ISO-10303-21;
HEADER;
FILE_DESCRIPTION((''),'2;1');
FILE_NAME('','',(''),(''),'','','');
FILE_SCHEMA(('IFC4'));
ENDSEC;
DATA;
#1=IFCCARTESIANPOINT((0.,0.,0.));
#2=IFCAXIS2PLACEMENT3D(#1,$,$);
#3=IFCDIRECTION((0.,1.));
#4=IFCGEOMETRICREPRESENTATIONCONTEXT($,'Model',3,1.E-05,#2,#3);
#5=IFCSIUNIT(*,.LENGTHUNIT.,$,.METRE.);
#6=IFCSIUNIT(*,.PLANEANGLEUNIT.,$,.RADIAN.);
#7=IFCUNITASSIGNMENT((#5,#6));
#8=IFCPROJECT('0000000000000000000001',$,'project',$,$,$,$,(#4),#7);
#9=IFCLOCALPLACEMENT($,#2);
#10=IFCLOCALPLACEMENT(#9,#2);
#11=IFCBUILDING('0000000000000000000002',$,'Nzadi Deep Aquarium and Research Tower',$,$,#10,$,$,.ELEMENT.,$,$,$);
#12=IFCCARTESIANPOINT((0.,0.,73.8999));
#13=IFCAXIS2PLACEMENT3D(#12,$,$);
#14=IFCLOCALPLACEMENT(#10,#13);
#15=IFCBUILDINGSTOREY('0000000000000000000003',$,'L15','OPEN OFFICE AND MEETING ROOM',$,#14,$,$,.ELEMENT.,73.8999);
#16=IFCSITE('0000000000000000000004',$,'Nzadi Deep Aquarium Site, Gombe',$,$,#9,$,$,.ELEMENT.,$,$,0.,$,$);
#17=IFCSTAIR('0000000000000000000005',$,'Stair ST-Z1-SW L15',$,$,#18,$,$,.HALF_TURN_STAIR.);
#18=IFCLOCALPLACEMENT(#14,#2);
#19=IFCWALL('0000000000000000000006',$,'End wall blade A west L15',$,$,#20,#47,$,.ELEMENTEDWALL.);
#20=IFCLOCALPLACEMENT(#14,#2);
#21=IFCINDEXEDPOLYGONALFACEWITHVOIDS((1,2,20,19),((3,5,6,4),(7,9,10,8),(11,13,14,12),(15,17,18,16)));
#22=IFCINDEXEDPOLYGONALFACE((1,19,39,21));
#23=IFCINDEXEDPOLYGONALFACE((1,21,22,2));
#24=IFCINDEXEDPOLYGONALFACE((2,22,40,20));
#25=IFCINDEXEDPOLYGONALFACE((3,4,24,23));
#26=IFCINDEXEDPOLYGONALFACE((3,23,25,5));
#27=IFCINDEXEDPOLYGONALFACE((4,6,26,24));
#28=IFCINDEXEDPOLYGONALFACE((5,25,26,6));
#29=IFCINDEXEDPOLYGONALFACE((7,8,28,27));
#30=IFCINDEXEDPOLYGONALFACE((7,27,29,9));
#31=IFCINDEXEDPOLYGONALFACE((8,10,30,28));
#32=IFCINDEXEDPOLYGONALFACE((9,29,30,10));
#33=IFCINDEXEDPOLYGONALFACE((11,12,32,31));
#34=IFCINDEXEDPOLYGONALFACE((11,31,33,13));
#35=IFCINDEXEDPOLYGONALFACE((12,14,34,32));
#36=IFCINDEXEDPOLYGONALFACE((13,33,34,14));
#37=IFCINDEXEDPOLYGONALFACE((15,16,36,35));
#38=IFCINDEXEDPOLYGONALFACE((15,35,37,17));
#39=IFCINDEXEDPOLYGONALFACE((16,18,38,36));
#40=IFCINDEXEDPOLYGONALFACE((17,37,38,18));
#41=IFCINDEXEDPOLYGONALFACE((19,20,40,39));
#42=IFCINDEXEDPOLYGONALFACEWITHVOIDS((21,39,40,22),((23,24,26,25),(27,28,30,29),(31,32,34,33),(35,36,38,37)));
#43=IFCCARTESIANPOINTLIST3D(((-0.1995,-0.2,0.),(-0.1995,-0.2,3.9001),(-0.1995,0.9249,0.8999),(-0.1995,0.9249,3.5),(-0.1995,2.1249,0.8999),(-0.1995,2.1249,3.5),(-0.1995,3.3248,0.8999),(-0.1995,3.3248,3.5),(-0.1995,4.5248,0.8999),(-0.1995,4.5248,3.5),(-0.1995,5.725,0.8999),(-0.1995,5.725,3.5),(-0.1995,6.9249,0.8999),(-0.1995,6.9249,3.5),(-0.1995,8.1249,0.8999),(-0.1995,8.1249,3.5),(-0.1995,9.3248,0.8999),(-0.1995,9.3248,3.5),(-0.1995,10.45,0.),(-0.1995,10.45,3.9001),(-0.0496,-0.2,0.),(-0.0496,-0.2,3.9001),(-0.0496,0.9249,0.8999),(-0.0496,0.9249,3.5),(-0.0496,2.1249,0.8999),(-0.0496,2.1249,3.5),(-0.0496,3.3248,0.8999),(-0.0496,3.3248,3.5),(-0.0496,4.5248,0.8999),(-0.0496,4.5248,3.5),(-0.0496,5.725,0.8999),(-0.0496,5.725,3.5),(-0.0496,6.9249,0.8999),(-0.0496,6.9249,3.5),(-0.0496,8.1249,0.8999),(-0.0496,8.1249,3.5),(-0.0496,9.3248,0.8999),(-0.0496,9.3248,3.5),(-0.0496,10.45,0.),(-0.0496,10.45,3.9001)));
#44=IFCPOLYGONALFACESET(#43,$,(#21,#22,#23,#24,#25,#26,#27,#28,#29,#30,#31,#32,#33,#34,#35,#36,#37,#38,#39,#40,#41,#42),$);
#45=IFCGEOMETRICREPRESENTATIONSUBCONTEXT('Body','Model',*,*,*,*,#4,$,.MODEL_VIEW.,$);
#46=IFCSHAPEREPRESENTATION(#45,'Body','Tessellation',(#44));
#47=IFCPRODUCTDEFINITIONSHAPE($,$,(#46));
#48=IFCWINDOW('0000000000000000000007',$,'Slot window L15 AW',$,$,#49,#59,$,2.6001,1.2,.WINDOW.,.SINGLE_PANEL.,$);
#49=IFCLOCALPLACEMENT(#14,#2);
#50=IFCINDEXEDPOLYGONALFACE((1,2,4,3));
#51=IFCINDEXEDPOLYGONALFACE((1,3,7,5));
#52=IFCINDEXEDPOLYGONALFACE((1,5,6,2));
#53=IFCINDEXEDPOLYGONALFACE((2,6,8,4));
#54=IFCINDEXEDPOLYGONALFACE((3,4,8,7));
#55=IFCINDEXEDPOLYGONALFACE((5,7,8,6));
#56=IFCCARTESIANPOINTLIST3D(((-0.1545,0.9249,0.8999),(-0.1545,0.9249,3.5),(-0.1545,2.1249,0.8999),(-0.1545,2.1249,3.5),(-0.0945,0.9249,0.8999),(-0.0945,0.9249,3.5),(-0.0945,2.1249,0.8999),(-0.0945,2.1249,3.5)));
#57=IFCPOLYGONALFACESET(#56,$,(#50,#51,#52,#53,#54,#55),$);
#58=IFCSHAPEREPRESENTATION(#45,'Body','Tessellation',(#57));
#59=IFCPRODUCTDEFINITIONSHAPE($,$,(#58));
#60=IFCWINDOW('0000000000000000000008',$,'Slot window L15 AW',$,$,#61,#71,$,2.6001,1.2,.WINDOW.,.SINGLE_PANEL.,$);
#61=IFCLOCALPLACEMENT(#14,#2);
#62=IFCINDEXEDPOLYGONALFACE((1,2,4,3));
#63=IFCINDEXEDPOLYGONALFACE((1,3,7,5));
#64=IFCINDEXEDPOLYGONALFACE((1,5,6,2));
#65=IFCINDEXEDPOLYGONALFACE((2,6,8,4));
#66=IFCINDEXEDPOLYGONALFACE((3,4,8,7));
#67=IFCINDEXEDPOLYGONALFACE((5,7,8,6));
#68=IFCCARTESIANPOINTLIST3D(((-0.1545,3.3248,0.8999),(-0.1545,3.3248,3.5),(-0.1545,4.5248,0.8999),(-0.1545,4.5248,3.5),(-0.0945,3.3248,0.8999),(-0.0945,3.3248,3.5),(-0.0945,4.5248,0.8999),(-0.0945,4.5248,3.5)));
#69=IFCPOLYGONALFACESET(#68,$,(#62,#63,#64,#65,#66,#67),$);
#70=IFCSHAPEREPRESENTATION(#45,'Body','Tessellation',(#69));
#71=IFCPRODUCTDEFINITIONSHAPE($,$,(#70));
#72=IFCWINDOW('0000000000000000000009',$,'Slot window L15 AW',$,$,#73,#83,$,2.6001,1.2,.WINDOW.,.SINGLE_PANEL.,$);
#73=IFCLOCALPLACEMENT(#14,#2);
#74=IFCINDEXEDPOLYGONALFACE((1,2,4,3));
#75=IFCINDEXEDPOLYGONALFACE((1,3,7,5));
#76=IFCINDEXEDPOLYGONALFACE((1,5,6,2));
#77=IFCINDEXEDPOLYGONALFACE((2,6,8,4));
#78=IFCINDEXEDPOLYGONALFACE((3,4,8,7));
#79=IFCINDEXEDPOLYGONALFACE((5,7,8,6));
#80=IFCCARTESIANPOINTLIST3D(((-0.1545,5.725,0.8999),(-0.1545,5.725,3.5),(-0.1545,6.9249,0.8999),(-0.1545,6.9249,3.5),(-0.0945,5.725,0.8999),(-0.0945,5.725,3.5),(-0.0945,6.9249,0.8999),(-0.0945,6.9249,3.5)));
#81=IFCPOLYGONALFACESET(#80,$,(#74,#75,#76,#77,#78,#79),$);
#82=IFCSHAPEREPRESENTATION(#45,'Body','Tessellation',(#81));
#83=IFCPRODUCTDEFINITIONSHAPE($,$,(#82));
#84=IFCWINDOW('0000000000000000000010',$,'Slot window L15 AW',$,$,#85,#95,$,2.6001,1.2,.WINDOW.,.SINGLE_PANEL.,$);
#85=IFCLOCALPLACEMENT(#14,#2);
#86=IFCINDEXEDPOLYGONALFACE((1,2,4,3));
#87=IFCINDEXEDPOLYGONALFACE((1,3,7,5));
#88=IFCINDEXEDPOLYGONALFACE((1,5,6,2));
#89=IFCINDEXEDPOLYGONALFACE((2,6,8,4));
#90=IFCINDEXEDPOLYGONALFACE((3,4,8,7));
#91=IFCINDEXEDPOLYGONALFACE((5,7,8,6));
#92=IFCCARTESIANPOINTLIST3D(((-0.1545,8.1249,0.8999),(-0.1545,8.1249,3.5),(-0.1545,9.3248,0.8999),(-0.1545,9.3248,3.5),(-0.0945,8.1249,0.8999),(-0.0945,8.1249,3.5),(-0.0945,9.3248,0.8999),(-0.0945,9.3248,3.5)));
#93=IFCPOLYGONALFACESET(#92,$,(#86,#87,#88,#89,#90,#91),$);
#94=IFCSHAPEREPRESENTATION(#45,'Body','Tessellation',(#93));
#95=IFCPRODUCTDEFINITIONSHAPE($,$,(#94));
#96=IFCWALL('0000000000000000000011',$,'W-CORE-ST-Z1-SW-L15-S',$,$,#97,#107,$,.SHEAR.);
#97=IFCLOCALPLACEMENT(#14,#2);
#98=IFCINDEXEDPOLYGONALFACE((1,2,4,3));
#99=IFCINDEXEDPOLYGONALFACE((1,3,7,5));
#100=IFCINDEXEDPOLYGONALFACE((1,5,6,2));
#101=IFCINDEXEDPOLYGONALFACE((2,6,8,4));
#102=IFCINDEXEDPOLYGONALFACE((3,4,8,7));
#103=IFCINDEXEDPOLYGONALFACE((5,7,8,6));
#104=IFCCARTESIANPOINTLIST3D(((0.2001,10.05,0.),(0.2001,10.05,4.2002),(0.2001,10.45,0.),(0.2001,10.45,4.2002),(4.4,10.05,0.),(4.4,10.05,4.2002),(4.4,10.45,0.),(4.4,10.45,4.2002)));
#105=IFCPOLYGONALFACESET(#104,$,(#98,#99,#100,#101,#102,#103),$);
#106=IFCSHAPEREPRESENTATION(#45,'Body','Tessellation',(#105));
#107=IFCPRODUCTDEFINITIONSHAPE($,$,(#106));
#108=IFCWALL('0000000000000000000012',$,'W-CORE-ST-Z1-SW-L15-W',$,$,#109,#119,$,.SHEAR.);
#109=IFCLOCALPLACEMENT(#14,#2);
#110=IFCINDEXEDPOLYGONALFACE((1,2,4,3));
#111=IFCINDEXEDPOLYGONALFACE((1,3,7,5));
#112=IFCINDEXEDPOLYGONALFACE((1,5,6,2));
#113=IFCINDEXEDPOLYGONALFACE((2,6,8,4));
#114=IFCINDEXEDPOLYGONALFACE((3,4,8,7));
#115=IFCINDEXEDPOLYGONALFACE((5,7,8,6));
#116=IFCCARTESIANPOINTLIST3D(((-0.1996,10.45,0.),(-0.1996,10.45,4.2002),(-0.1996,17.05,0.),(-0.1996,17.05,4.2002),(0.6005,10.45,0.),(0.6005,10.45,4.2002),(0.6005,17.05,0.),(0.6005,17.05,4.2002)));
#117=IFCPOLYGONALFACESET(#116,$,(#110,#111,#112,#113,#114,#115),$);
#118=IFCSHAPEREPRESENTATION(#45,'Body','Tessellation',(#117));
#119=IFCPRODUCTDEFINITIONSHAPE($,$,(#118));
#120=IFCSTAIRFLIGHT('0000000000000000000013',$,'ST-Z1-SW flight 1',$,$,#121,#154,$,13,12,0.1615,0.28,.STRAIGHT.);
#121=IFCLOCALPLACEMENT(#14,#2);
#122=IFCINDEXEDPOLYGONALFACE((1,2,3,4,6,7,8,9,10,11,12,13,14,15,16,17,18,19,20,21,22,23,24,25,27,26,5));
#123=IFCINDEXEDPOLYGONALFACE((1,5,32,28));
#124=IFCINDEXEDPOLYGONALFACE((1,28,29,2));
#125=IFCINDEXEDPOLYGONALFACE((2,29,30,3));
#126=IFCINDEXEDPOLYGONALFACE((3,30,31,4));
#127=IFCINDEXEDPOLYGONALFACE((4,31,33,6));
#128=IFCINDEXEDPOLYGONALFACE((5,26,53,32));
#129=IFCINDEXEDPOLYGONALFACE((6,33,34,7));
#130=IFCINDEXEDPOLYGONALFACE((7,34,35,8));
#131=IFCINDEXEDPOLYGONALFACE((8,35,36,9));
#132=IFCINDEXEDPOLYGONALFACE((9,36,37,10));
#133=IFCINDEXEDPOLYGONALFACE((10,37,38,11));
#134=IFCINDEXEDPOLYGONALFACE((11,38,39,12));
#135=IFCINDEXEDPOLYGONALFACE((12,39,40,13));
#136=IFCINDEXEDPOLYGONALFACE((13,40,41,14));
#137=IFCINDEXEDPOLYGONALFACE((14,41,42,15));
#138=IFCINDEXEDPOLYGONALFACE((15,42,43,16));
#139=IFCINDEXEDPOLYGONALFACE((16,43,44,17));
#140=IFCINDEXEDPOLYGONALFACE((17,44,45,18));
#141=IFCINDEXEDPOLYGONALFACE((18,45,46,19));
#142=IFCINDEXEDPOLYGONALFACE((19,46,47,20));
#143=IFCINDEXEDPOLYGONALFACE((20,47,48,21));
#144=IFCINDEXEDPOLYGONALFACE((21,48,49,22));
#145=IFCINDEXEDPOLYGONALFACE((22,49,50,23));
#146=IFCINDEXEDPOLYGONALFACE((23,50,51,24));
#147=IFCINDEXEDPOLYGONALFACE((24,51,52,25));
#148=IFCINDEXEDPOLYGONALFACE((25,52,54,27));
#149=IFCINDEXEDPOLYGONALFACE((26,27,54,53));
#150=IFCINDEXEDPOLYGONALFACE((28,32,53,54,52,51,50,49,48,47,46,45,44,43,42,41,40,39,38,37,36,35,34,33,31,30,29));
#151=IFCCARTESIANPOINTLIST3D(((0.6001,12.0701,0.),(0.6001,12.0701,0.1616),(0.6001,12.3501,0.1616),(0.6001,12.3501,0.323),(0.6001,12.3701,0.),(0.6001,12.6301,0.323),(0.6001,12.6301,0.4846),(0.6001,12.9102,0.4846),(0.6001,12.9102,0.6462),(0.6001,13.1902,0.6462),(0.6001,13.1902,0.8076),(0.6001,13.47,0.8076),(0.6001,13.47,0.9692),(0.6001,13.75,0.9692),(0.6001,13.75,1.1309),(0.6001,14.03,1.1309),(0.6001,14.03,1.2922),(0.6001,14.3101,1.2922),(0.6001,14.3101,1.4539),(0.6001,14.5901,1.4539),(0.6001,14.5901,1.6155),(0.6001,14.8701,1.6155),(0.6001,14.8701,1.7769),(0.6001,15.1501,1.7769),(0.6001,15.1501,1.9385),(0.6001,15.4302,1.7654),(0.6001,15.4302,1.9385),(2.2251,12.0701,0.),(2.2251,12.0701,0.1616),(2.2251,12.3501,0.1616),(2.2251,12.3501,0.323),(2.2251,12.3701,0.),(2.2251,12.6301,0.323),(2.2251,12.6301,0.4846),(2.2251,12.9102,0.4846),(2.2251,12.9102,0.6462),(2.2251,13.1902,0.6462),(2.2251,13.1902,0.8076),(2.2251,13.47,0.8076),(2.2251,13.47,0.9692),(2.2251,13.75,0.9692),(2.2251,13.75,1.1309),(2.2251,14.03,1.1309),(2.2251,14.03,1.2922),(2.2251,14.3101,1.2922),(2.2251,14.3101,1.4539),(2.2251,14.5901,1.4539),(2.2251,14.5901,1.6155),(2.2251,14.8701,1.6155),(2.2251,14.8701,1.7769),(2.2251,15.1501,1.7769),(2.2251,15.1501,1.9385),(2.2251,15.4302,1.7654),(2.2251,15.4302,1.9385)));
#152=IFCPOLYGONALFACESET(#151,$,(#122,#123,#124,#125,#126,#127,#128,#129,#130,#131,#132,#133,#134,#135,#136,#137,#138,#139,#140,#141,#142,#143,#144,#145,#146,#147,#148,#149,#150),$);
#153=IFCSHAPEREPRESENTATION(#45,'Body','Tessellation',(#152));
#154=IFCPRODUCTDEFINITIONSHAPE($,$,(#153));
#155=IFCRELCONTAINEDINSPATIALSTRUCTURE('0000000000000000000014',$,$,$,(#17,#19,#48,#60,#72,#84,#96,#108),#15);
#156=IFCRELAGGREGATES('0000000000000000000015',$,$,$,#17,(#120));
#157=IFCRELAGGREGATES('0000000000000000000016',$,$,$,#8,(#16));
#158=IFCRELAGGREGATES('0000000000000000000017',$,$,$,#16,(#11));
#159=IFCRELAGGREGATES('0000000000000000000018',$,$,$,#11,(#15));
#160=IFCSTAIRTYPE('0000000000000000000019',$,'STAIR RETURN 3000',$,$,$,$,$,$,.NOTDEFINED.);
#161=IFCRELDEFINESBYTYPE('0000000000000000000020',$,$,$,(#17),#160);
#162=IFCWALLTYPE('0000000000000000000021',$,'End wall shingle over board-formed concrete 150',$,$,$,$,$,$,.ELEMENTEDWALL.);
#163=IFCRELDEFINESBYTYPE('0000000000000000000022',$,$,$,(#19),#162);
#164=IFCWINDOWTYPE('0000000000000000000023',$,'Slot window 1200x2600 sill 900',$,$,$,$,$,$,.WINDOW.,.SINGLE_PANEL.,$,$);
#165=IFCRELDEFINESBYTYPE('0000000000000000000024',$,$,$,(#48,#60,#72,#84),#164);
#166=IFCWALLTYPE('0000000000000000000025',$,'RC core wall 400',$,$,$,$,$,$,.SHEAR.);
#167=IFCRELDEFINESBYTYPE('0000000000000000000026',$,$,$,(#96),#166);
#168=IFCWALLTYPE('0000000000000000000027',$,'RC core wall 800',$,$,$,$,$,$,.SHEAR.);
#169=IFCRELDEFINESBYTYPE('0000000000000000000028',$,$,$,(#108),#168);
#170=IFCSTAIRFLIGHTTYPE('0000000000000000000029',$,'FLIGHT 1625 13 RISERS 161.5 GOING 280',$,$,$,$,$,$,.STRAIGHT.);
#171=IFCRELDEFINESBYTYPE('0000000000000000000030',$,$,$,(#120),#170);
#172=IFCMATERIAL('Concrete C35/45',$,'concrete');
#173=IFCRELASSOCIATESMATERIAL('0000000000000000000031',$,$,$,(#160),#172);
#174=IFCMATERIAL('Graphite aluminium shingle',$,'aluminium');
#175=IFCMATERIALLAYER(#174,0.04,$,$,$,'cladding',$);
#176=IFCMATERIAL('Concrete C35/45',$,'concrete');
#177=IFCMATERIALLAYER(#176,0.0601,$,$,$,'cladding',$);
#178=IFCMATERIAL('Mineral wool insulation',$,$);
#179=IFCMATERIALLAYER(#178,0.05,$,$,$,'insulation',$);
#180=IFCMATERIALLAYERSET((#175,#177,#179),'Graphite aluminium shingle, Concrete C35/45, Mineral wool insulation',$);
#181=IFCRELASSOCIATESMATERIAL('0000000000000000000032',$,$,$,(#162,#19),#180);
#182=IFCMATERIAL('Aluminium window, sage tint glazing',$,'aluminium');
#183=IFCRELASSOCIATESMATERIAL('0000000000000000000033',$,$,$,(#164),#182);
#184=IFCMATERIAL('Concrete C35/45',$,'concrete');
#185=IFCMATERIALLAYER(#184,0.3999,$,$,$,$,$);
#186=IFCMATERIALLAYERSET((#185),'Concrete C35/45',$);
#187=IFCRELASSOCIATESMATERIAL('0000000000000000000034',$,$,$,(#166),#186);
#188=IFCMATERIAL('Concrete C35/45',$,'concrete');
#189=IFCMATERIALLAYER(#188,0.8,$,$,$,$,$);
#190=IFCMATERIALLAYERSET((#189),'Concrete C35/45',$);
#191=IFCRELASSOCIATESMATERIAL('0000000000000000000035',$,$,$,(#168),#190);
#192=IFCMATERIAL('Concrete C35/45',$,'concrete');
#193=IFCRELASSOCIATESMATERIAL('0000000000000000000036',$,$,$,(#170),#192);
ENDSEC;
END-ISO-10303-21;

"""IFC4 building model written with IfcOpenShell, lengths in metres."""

from ifc_helpers import new_model, si_unit, direction, frame, frame_2d, origin, place, context, subcontext, project, spatial, polyline, rectangle, outline, extrude, material, layer, layer_set, layer_usage, type_object, element, fill, aggregate, save


model = new_model("IFC4")

# Units and contexts
model_context = context("Model", 3, precision=1e-05, world=origin(), true_north=direction((0.0, 1.0)))
body_context = subcontext(model_context, "Body", "Model", "MODEL_VIEW")
ifc_project = project(units=[si_unit("LENGTHUNIT", "METRE"), si_unit("PLANEANGLEUNIT", "RADIAN")], contexts=[model_context])

# Site, building, storey
site_placement = place(None, origin())
site = spatial("IfcSite", under=ifc_project, at=site_placement, Name="Nzadi Deep Aquarium Site, Gombe", CompositionType="ELEMENT", RefElevation=0.0)
building_placement = place(site_placement, origin())
building = spatial("IfcBuilding", under=site, at=building_placement, Name="Nzadi Deep Aquarium and Research Tower", CompositionType="ELEMENT")
storey_placement = place(building_placement, frame((0.0, 0.0, 73.8999)))
storey = spatial("IfcBuildingStorey", under=building, at=storey_placement, Name="L15", Description="OPEN OFFICE AND MEETING ROOM", CompositionType="ELEMENT", Elevation=73.8999)

# Stair
ifc_material_1 = material(Name="Concrete C35/45", Category="concrete")
stair_type = type_object("IfcStairType", Name="STAIR RETURN 3000", PredefinedType="NOTDEFINED", material=ifc_material_1)
stair_1_placement = place(storey_placement, origin())
stair_1 = element("IfcStair", 1, at=stair_1_placement, inside=storey, type_object=stair_type, Name="Stair ST-Z1-SW L15", PredefinedType="HALF_TURN_STAIR")

# Wall, openings, windows
ifc_material_2 = material(Name="Graphite aluminium shingle", Category="aluminium")
ifc_layer_1 = layer(ifc_material_2, 0.04, Category="cladding")
ifc_material_3 = material(Name="Concrete C35/45", Category="concrete")
ifc_layer_2 = layer(ifc_material_3, 0.0601, Category="cladding")
ifc_material_4 = material(Name="Mineral wool insulation")
ifc_layer_3 = layer(ifc_material_4, 0.05, Category="insulation")
ifc_layer_set_1 = layer_set([ifc_layer_1, ifc_layer_2, ifc_layer_3], Name="Graphite aluminium shingle, Concrete C35/45, Mineral wool insulation")
ifc_layer_usage = layer_usage(ifc_layer_set_1, "AXIS2", "POSITIVE", -0.075)
wall_type_1 = type_object("IfcWallType", Name="End wall shingle over board-formed concrete 150", PredefinedType="ELEMENTEDWALL", material=ifc_layer_set_1)
wall_1_placement = place(storey_placement, frame((-0.1245, 10.45, 0.0), z_axis=(0.0, 0.0, 1.0), x_axis=(0.0, -1.0, 0.0)))
wall_1 = element("IfcWall", 2, at=wall_1_placement, inside=storey, type_object=wall_type_1, material=ifc_layer_usage, Name="End wall blade A west L15", PredefinedType="ELEMENTEDWALL", context=body_context, shape_type="SweptSolid", body=[
    extrude(rectangle(XDim=10.6499, YDim=0.1499, at=frame_2d((5.325, 0.0))), origin(), (0.0, 0.0, 1.0), 3.9001),
])
opening_1_placement = place(wall_1_placement, frame((8.325, 0.0, 0.8999)))
opening_1 = element("IfcOpeningElement", 3, at=opening_1_placement, cuts=wall_1, PredefinedType="OPENING", context=body_context, shape_type="SweptSolid", body=[
    extrude(rectangle(XDim=1.2, YDim=2.6001, at=frame_2d((0.6001, 1.3))), frame((0.0, 0.085, 0.0), z_axis=(0.0, -1.0, 0.0), x_axis=(1.0, 0.0, 0.0)), (0.0, 0.0, 1.0), 0.1699),
])
opening_2_placement = place(wall_1_placement, frame((5.925, 0.0, 0.8999)))
opening_2 = element("IfcOpeningElement", 4, at=opening_2_placement, cuts=wall_1, PredefinedType="OPENING", context=body_context, shape_type="SweptSolid", body=[
    extrude(rectangle(XDim=1.2, YDim=2.6001, at=frame_2d((0.6001, 1.3))), frame((0.0, 0.085, 0.0), z_axis=(0.0, -1.0, 0.0), x_axis=(1.0, 0.0, 0.0)), (0.0, 0.0, 1.0), 0.1699),
])
opening_3_placement = place(wall_1_placement, frame((3.5249, 0.0, 0.8999)))
opening_3 = element("IfcOpeningElement", 5, at=opening_3_placement, cuts=wall_1, PredefinedType="OPENING", context=body_context, shape_type="SweptSolid", body=[
    extrude(rectangle(XDim=1.2, YDim=2.6001, at=frame_2d((0.6001, 1.3))), frame((0.0, 0.085, 0.0), z_axis=(0.0, -1.0, 0.0), x_axis=(1.0, 0.0, 0.0)), (0.0, 0.0, 1.0), 0.1699),
])
opening_4_placement = place(wall_1_placement, frame((1.125, 0.0, 0.8999)))
opening_4 = element("IfcOpeningElement", 6, at=opening_4_placement, cuts=wall_1, PredefinedType="OPENING", context=body_context, shape_type="SweptSolid", body=[
    extrude(rectangle(XDim=1.2, YDim=2.6001, at=frame_2d((0.6001, 1.3))), frame((0.0, 0.085, 0.0), z_axis=(0.0, -1.0, 0.0), x_axis=(1.0, 0.0, 0.0)), (0.0, 0.0, 1.0), 0.1699),
])
ifc_material_5 = material(Name="Aluminium window, sage tint glazing", Category="aluminium")
window_type = type_object("IfcWindowType", Name="Slot window 1200x2600 sill 900", PartitioningType="SINGLE_PANEL", PredefinedType="WINDOW", material=ifc_material_5)
window_1_placement = place(opening_1_placement, origin())
window_1 = element("IfcWindow", 7, at=window_1_placement, inside=storey, type_object=window_type, Name="Slot window L15 AW", OverallHeight=2.6001, OverallWidth=1.2, PartitioningType="SINGLE_PANEL", PredefinedType="WINDOW", context=body_context, shape_type="SweptSolid", body=[
    extrude(rectangle(XDim=1.2, YDim=2.6001, at=frame_2d((0.6001, 1.3))), frame((0.0, 0.03, 0.0), z_axis=(0.0, -1.0, 0.0), x_axis=(1.0, 0.0, 0.0)), (0.0, 0.0, 1.0), 0.0601),
])
fill(opening_1, window_1)
window_2_placement = place(opening_2_placement, origin())
window_2 = element("IfcWindow", 8, at=window_2_placement, inside=storey, type_object=window_type, Name="Slot window L15 AW", OverallHeight=2.6001, OverallWidth=1.2, PartitioningType="SINGLE_PANEL", PredefinedType="WINDOW", context=body_context, shape_type="SweptSolid", body=[
    extrude(rectangle(XDim=1.2, YDim=2.6001, at=frame_2d((0.6001, 1.3))), frame((0.0, 0.03, 0.0), z_axis=(0.0, -1.0, 0.0), x_axis=(1.0, 0.0, 0.0)), (0.0, 0.0, 1.0), 0.0601),
])
fill(opening_2, window_2)
window_3_placement = place(opening_3_placement, origin())
window_3 = element("IfcWindow", 9, at=window_3_placement, inside=storey, type_object=window_type, Name="Slot window L15 AW", OverallHeight=2.6001, OverallWidth=1.2, PartitioningType="SINGLE_PANEL", PredefinedType="WINDOW", context=body_context, shape_type="SweptSolid", body=[
    extrude(rectangle(XDim=1.2, YDim=2.6001, at=frame_2d((0.6001, 1.3))), frame((0.0, 0.03, 0.0), z_axis=(0.0, -1.0, 0.0), x_axis=(1.0, 0.0, 0.0)), (0.0, 0.0, 1.0), 0.0601),
])
fill(opening_3, window_3)
window_4_placement = place(opening_4_placement, origin())
window_4 = element("IfcWindow", 10, at=window_4_placement, inside=storey, type_object=window_type, Name="Slot window L15 AW", OverallHeight=2.6001, OverallWidth=1.2, PartitioningType="SINGLE_PANEL", PredefinedType="WINDOW", context=body_context, shape_type="SweptSolid", body=[
    extrude(rectangle(XDim=1.2, YDim=2.6001, at=frame_2d((0.6001, 1.3))), frame((0.0, 0.03, 0.0), z_axis=(0.0, -1.0, 0.0), x_axis=(1.0, 0.0, 0.0)), (0.0, 0.0, 1.0), 0.0601),
])
fill(opening_4, window_4)

# Walls
ifc_material_6 = material(Name="Concrete C35/45", Category="concrete")
ifc_layer_4 = layer(ifc_material_6, 0.3999)
ifc_layer_set_2 = layer_set([ifc_layer_4], Name="Concrete C35/45")
wall_type_2 = type_object("IfcWallType", Name="RC core wall 400", PredefinedType="SHEAR", material=ifc_layer_set_2)
wall_2_placement = place(storey_placement, frame((0.2, 10.25, 0.0), z_axis=(0.0, 0.0, 1.0), x_axis=(1.0, 0.0, 0.0)))
element("IfcWall", 11, at=wall_2_placement, inside=storey, type_object=wall_type_2, Name="W-CORE-ST-Z1-SW-L15-S", PredefinedType="SHEAR", context=body_context, shape_type="SweptSolid", body=[
    extrude(rectangle(XDim=4.2, YDim=0.3999, at=frame_2d((2.1001, 0.0))), origin(), (0.0, 0.0, 1.0), 4.2002),
])
ifc_material_7 = material(Name="Concrete C35/45", Category="concrete")
ifc_layer_5 = layer(ifc_material_7, 0.8)
ifc_layer_set_3 = layer_set([ifc_layer_5], Name="Concrete C35/45")
wall_type_3 = type_object("IfcWallType", Name="RC core wall 800", PredefinedType="SHEAR", material=ifc_layer_set_3)
wall_3_placement = place(storey_placement, frame((0.2004, 10.45, 0.0), z_axis=(0.0, 0.0, 1.0), x_axis=(0.0, 1.0, 0.0)))
element("IfcWall", 12, at=wall_3_placement, inside=storey, type_object=wall_type_3, Name="W-CORE-ST-Z1-SW-L15-W", PredefinedType="SHEAR", context=body_context, shape_type="SweptSolid", body=[
    extrude(rectangle(XDim=6.6001, YDim=0.8, at=frame_2d((3.3, 0.0))), origin(), (0.0, 0.0, 1.0), 4.2002),
])

# Stair flight
ifc_material_8 = material(Name="Concrete C35/45", Category="concrete")
stair_flight_type = type_object("IfcStairFlightType", Name="FLIGHT 1625 13 RISERS 161.5 GOING 280", PredefinedType="STRAIGHT", material=ifc_material_8)
stair_flight_placement = place(storey_placement, frame((1.4126, 12.0701, 0.0), z_axis=(0.0, 0.0, 1.0), x_axis=(0.0, 1.0, 0.0)))
stair_flight = element("IfcStairFlight", 13, at=stair_flight_placement, type_object=stair_flight_type, Name="ST-Z1-SW flight 1", NumberOfRisers=13, NumberOfTreads=12, PredefinedType="STRAIGHT", RiserHeight=0.1615, TreadLength=0.28, context=body_context, shape_type="SweptSolid", body=[
    extrude(outline(polyline([(0.0, 0.0), (0.0, 0.1616), (0.28, 0.1616), (0.28, 0.323), (0.5601, 0.323), (0.5601, 0.4846), (0.8401, 0.4846), (0.8401, 0.6462), (1.1201, 0.6462), (1.1201, 0.8076), (1.3999, 0.8076), (1.3999, 0.9692), (1.6799, 0.9692), (1.6799, 1.1309), (1.96, 1.1309), (1.96, 1.2922), (2.24, 1.2922), (2.24, 1.4539), (2.52, 1.4539), (2.52, 1.6155), (2.8, 1.6155), (2.8, 1.7769), (3.0801, 1.7769), (3.0801, 1.9385), (3.3601, 1.9385), (3.3601, 2.1001), (3.3601, 1.7654), (0.3, 0.0), (0.0, 0.0)])), frame((0.0, 0.8125, 0.0), z_axis=(0.0, -1.0, 0.0), x_axis=(1.0, 0.0, 0.0)), (0.0, 0.0, 1.0), 1.625),
])
aggregate(stair_1, [stair_flight])

save(model, "model.ifc")
